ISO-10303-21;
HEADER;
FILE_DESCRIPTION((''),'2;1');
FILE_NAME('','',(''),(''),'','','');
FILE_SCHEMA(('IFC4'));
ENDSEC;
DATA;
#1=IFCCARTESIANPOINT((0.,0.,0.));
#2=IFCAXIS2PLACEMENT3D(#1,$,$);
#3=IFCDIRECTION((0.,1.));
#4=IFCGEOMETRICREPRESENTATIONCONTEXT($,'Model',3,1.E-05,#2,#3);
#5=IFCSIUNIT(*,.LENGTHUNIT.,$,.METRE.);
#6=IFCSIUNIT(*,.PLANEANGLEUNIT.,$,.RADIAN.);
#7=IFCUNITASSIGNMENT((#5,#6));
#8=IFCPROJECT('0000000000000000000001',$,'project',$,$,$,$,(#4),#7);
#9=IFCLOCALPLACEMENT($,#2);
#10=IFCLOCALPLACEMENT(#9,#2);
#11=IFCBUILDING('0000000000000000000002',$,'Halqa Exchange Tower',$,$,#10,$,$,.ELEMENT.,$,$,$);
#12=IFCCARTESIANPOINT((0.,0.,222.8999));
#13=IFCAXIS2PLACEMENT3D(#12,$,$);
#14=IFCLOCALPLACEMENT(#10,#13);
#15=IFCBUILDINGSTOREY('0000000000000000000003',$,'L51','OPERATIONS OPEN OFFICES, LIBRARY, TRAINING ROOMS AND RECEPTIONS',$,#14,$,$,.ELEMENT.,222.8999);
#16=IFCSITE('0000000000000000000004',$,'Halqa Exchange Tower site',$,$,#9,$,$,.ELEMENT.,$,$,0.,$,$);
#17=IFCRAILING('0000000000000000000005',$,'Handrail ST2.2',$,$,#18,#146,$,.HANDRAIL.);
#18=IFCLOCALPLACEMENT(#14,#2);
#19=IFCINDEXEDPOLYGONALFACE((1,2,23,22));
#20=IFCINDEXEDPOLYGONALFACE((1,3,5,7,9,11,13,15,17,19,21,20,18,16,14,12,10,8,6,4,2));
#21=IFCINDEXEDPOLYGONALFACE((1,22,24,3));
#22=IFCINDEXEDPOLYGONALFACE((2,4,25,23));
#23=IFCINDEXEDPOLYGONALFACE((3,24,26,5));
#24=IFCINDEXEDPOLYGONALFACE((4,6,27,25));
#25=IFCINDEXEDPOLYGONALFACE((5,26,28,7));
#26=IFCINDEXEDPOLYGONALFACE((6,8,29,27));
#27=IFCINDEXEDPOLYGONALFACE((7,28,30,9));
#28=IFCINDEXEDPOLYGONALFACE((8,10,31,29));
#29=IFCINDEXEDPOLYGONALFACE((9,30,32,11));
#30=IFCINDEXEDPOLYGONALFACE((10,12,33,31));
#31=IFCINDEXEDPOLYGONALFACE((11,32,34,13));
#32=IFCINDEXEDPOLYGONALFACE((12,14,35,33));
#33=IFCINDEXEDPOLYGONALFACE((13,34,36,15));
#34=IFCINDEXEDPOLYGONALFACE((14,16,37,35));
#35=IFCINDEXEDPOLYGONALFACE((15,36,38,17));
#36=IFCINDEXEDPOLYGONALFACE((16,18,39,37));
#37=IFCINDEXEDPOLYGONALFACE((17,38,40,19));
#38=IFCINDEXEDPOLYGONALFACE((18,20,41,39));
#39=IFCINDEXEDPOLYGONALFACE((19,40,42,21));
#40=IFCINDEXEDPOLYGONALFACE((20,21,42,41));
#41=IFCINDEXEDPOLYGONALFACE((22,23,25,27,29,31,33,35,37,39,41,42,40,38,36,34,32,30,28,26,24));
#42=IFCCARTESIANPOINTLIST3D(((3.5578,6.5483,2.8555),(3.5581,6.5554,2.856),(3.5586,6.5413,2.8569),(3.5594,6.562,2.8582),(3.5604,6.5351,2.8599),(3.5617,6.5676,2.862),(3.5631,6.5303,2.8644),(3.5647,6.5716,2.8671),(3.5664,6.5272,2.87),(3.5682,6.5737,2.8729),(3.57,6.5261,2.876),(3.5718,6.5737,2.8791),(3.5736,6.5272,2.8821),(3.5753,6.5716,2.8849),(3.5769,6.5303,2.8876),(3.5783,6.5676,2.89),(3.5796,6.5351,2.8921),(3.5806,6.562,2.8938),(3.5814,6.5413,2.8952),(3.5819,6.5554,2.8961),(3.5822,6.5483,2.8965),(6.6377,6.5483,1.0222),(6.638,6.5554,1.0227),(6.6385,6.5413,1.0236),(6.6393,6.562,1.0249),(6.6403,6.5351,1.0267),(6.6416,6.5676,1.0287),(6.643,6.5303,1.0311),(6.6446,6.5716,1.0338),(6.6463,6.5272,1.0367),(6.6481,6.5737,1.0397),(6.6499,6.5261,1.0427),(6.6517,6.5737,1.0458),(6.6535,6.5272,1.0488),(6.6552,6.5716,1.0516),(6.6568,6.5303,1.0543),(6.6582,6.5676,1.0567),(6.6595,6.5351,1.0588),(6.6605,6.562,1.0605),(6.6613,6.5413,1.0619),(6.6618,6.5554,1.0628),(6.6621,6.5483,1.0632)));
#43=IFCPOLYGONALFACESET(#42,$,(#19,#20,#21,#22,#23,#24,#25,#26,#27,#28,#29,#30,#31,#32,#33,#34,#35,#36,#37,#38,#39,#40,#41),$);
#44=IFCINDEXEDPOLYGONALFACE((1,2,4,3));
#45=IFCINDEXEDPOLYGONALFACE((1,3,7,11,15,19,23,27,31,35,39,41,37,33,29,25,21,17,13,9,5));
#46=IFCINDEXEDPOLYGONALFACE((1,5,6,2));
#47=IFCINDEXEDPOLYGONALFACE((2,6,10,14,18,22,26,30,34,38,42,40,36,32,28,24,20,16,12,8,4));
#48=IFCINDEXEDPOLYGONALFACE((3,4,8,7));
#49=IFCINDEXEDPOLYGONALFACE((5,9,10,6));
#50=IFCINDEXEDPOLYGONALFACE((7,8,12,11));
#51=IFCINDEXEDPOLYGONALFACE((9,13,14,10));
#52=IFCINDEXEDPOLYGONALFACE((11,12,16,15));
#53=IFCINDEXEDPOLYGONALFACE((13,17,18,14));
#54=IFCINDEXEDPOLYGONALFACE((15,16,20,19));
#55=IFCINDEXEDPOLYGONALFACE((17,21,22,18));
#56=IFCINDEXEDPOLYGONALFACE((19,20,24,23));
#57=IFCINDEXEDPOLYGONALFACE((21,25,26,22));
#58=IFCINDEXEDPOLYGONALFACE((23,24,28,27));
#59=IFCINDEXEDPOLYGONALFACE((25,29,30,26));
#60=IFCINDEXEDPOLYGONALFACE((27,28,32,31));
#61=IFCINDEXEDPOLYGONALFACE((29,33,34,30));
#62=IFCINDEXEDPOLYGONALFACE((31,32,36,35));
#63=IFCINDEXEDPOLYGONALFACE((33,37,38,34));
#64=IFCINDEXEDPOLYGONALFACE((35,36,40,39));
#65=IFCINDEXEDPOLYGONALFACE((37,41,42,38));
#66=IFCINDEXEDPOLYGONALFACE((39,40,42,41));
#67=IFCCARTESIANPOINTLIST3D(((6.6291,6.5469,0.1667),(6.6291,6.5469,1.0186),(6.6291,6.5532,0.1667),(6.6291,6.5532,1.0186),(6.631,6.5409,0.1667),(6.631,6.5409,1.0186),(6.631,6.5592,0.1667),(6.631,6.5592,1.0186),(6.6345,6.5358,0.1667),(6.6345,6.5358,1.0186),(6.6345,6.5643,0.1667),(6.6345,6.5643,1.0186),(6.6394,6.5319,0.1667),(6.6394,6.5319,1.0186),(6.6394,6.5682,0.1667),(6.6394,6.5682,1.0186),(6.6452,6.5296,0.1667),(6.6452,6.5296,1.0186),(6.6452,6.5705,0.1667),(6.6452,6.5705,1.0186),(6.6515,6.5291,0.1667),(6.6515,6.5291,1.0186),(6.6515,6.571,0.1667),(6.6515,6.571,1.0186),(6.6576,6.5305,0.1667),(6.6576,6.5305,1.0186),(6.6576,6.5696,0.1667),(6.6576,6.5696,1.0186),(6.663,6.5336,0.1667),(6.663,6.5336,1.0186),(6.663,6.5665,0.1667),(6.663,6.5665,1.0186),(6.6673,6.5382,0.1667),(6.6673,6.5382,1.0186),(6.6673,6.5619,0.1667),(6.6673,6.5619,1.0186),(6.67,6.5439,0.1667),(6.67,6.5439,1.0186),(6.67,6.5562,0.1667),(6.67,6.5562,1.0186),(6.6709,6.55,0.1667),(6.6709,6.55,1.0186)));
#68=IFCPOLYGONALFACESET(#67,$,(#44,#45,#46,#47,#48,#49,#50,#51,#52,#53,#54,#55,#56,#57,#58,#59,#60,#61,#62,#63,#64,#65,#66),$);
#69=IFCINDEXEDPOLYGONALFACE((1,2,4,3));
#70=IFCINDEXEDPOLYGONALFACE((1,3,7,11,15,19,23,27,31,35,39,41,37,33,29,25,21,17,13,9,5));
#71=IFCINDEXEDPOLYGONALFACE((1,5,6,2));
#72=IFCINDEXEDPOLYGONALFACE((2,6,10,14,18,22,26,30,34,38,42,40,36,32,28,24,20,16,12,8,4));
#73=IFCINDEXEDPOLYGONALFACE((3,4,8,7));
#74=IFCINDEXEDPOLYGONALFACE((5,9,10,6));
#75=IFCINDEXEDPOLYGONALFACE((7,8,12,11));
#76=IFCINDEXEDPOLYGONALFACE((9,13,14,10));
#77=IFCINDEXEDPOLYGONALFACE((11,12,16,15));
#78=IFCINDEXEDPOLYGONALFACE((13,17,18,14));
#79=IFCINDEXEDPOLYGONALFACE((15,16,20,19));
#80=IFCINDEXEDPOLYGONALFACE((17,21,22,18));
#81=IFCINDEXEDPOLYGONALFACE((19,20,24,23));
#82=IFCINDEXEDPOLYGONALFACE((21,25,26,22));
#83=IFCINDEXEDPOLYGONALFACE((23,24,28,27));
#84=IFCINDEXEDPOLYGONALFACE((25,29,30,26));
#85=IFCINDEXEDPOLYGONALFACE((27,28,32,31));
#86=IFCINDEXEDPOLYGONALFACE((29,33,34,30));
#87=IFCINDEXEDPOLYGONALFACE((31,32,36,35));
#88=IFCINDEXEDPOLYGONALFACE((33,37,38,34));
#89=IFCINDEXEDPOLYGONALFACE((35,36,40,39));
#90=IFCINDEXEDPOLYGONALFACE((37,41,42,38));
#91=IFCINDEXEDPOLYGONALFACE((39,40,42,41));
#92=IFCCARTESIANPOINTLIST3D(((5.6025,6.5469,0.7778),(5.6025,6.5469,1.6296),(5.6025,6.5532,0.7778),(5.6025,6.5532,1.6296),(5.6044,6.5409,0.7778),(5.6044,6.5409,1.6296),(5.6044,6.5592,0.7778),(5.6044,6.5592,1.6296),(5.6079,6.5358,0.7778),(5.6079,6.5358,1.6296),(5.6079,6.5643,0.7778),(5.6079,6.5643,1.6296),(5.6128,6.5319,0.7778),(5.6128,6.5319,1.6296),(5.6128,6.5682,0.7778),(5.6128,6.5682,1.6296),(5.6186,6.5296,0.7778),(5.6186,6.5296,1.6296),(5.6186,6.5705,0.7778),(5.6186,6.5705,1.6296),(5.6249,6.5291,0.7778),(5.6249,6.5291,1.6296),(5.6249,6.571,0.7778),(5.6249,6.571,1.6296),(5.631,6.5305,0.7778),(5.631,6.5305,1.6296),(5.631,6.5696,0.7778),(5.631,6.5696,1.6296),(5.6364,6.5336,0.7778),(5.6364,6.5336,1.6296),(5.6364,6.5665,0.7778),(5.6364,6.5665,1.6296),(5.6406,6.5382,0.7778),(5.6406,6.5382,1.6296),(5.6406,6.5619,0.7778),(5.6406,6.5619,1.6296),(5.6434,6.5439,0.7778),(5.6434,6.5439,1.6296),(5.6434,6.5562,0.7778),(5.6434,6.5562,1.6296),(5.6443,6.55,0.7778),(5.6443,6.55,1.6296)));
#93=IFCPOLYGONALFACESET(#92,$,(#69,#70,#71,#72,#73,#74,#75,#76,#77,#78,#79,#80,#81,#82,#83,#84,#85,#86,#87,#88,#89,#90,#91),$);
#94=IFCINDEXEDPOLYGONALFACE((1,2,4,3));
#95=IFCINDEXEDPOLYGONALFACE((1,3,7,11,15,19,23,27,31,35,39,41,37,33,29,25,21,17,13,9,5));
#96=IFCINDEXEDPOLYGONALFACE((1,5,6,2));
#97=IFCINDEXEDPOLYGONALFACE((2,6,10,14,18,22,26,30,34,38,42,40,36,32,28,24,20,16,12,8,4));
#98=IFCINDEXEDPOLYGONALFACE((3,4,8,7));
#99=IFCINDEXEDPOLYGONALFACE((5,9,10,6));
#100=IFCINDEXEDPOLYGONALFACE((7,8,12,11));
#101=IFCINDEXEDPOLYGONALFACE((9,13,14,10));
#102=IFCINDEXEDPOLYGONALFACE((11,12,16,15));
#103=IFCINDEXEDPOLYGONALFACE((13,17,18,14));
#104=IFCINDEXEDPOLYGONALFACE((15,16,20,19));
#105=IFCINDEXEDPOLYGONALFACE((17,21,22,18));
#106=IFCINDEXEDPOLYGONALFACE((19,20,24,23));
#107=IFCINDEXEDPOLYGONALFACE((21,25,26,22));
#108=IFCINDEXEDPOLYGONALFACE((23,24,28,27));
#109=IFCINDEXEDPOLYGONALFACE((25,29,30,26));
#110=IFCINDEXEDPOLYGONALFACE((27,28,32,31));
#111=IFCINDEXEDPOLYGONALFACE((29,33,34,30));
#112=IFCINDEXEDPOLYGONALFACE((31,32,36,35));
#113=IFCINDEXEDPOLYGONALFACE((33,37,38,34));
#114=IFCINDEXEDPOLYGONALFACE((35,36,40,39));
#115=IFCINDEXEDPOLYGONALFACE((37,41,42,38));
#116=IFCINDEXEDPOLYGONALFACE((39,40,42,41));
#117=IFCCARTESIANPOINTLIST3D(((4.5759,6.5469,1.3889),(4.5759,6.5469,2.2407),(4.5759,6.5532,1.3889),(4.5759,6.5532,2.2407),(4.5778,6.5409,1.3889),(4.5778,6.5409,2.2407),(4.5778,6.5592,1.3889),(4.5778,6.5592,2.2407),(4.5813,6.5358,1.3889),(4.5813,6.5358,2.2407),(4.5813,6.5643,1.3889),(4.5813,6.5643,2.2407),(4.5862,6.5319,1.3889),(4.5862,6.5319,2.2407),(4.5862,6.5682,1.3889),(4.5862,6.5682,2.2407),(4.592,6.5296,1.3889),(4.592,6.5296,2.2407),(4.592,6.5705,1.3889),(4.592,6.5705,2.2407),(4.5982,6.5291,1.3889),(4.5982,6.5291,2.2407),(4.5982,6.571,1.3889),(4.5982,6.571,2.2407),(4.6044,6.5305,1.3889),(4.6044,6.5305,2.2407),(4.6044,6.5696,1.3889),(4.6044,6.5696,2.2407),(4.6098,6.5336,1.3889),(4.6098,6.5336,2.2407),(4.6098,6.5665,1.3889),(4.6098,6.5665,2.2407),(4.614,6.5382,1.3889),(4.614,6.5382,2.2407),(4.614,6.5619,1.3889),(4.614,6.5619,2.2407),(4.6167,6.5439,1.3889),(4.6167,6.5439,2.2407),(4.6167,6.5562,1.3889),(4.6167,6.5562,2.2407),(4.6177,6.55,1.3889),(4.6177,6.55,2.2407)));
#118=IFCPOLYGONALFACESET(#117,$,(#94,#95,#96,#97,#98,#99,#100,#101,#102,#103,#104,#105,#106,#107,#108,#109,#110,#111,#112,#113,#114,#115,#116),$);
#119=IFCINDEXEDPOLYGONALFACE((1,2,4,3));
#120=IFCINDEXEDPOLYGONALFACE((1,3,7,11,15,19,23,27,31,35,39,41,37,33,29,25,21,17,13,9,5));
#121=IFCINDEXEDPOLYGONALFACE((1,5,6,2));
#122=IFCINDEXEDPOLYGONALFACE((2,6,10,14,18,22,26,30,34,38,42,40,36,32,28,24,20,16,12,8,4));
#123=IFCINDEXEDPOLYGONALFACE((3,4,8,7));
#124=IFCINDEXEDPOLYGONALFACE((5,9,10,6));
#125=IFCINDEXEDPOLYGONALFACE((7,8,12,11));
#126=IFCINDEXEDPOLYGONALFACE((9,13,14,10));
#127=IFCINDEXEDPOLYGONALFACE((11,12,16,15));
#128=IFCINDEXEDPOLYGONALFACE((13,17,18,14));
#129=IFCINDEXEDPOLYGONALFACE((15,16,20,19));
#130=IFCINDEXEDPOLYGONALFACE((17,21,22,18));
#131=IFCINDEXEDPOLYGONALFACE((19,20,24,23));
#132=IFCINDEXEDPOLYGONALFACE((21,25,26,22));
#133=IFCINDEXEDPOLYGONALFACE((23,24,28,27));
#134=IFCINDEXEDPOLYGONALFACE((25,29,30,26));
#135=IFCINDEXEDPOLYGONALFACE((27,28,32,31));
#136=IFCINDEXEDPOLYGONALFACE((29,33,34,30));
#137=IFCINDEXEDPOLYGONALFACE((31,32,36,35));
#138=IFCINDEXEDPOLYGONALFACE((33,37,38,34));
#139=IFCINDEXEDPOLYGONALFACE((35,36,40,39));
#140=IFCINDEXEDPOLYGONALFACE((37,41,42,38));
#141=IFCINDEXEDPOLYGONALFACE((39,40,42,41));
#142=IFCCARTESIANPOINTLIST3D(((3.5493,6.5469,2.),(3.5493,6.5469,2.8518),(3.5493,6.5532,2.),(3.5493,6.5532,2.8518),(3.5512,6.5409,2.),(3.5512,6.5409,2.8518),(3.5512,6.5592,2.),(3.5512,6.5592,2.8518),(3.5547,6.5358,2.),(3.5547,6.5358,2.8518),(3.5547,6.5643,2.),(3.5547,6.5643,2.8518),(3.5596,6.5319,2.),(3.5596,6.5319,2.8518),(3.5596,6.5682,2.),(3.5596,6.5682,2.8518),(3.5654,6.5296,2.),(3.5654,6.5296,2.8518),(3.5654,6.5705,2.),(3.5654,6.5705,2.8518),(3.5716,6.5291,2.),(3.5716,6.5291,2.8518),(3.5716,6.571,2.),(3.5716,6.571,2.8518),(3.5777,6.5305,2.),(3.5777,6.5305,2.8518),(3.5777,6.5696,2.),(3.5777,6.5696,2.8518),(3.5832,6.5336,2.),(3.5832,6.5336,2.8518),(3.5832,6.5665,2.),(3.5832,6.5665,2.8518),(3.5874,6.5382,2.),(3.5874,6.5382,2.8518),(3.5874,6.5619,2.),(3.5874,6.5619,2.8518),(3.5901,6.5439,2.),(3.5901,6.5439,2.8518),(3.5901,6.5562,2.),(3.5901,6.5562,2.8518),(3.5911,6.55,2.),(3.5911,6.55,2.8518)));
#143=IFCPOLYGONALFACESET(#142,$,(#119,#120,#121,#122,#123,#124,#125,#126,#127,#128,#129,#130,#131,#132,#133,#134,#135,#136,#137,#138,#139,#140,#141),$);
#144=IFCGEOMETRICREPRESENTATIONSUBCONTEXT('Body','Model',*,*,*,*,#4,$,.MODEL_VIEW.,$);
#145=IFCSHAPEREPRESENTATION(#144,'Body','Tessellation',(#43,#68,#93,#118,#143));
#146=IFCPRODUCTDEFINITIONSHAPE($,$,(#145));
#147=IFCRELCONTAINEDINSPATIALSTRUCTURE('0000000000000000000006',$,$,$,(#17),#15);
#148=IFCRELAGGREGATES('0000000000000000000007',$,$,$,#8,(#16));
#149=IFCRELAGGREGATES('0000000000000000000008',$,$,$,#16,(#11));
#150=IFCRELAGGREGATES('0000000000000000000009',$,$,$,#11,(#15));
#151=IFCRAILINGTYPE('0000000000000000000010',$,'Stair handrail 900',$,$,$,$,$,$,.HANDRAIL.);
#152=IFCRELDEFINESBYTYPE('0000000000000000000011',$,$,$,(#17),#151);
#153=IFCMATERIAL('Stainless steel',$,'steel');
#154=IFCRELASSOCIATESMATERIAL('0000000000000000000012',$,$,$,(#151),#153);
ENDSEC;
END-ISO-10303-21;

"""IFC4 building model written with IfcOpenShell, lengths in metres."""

from ifc_helpers import new_model, si_unit, direction, frame, origin, origin_2d, place, context, subcontext, project, spatial, circle, extrude, material, type_object, element, save


model = new_model("IFC4")

# Units and contexts
model_context = context("Model", 3, precision=1e-05, world=origin(), true_north=direction((0.0, 1.0)))
body_context = subcontext(model_context, "Body", "Model", "MODEL_VIEW")
ifc_project = project(units=[si_unit("LENGTHUNIT", "METRE"), si_unit("PLANEANGLEUNIT", "RADIAN")], contexts=[model_context])

# Site, building, storey
site_placement = place(None, origin())
site = spatial("IfcSite", under=ifc_project, at=site_placement, Name="Halqa Exchange Tower site", CompositionType="ELEMENT", RefElevation=0.0)
building_placement = place(site_placement, origin())
building = spatial("IfcBuilding", under=site, at=building_placement, Name="Halqa Exchange Tower", CompositionType="ELEMENT")
storey_placement = place(building_placement, frame((0.0, 0.0, 222.8999)))
storey = spatial("IfcBuildingStorey", under=building, at=storey_placement, Name="L51", Description="OPERATIONS OPEN OFFICES, LIBRARY, TRAINING ROOMS AND RECEPTIONS", CompositionType="ELEMENT", Elevation=222.8999)

# Railing
ifc_material_1 = material(Name="Stainless steel", Category="steel")
railing_type_1 = type_object("IfcRailingType", Name="Stair handrail 900", PredefinedType="HANDRAIL", material=ifc_material_1)
railing_1_placement = place(storey_placement, frame((6.6499, 6.55, 0.1667)))
element("IfcRailing", 1, at=railing_1_placement, inside=storey, type_object=railing_type_1, Name="Handrail ST2.2", PredefinedType="HANDRAIL", context=body_context, shape_type="SweptSolid", body=[
    extrude(circle(Radius=0.0239, at=origin_2d()), frame((0.0, 0.0, 0.876), z_axis=(-0.859291, 0.0, 0.511487), x_axis=(0.0, -1.0, 0.0)), (0.0, 0.0, 1.0), 3.5842),
    extrude(circle(Radius=0.021, at=origin_2d()), origin(), (0.0, 0.0, 1.0), 0.8518),
    extrude(circle(Radius=0.021, at=origin_2d()), frame((-1.0266, 0.0, 0.6111)), (0.0, 0.0, 1.0), 0.8518),
    extrude(circle(Radius=0.021, at=origin_2d()), frame((-2.0532, 0.0, 1.2222)), (0.0, 0.0, 1.0), 0.8518),
    extrude(circle(Radius=0.021, at=origin_2d()), frame((-3.0798, 0.0, 1.8333)), (0.0, 0.0, 1.0), 0.8518),
])

save(model, "model.ifc")
